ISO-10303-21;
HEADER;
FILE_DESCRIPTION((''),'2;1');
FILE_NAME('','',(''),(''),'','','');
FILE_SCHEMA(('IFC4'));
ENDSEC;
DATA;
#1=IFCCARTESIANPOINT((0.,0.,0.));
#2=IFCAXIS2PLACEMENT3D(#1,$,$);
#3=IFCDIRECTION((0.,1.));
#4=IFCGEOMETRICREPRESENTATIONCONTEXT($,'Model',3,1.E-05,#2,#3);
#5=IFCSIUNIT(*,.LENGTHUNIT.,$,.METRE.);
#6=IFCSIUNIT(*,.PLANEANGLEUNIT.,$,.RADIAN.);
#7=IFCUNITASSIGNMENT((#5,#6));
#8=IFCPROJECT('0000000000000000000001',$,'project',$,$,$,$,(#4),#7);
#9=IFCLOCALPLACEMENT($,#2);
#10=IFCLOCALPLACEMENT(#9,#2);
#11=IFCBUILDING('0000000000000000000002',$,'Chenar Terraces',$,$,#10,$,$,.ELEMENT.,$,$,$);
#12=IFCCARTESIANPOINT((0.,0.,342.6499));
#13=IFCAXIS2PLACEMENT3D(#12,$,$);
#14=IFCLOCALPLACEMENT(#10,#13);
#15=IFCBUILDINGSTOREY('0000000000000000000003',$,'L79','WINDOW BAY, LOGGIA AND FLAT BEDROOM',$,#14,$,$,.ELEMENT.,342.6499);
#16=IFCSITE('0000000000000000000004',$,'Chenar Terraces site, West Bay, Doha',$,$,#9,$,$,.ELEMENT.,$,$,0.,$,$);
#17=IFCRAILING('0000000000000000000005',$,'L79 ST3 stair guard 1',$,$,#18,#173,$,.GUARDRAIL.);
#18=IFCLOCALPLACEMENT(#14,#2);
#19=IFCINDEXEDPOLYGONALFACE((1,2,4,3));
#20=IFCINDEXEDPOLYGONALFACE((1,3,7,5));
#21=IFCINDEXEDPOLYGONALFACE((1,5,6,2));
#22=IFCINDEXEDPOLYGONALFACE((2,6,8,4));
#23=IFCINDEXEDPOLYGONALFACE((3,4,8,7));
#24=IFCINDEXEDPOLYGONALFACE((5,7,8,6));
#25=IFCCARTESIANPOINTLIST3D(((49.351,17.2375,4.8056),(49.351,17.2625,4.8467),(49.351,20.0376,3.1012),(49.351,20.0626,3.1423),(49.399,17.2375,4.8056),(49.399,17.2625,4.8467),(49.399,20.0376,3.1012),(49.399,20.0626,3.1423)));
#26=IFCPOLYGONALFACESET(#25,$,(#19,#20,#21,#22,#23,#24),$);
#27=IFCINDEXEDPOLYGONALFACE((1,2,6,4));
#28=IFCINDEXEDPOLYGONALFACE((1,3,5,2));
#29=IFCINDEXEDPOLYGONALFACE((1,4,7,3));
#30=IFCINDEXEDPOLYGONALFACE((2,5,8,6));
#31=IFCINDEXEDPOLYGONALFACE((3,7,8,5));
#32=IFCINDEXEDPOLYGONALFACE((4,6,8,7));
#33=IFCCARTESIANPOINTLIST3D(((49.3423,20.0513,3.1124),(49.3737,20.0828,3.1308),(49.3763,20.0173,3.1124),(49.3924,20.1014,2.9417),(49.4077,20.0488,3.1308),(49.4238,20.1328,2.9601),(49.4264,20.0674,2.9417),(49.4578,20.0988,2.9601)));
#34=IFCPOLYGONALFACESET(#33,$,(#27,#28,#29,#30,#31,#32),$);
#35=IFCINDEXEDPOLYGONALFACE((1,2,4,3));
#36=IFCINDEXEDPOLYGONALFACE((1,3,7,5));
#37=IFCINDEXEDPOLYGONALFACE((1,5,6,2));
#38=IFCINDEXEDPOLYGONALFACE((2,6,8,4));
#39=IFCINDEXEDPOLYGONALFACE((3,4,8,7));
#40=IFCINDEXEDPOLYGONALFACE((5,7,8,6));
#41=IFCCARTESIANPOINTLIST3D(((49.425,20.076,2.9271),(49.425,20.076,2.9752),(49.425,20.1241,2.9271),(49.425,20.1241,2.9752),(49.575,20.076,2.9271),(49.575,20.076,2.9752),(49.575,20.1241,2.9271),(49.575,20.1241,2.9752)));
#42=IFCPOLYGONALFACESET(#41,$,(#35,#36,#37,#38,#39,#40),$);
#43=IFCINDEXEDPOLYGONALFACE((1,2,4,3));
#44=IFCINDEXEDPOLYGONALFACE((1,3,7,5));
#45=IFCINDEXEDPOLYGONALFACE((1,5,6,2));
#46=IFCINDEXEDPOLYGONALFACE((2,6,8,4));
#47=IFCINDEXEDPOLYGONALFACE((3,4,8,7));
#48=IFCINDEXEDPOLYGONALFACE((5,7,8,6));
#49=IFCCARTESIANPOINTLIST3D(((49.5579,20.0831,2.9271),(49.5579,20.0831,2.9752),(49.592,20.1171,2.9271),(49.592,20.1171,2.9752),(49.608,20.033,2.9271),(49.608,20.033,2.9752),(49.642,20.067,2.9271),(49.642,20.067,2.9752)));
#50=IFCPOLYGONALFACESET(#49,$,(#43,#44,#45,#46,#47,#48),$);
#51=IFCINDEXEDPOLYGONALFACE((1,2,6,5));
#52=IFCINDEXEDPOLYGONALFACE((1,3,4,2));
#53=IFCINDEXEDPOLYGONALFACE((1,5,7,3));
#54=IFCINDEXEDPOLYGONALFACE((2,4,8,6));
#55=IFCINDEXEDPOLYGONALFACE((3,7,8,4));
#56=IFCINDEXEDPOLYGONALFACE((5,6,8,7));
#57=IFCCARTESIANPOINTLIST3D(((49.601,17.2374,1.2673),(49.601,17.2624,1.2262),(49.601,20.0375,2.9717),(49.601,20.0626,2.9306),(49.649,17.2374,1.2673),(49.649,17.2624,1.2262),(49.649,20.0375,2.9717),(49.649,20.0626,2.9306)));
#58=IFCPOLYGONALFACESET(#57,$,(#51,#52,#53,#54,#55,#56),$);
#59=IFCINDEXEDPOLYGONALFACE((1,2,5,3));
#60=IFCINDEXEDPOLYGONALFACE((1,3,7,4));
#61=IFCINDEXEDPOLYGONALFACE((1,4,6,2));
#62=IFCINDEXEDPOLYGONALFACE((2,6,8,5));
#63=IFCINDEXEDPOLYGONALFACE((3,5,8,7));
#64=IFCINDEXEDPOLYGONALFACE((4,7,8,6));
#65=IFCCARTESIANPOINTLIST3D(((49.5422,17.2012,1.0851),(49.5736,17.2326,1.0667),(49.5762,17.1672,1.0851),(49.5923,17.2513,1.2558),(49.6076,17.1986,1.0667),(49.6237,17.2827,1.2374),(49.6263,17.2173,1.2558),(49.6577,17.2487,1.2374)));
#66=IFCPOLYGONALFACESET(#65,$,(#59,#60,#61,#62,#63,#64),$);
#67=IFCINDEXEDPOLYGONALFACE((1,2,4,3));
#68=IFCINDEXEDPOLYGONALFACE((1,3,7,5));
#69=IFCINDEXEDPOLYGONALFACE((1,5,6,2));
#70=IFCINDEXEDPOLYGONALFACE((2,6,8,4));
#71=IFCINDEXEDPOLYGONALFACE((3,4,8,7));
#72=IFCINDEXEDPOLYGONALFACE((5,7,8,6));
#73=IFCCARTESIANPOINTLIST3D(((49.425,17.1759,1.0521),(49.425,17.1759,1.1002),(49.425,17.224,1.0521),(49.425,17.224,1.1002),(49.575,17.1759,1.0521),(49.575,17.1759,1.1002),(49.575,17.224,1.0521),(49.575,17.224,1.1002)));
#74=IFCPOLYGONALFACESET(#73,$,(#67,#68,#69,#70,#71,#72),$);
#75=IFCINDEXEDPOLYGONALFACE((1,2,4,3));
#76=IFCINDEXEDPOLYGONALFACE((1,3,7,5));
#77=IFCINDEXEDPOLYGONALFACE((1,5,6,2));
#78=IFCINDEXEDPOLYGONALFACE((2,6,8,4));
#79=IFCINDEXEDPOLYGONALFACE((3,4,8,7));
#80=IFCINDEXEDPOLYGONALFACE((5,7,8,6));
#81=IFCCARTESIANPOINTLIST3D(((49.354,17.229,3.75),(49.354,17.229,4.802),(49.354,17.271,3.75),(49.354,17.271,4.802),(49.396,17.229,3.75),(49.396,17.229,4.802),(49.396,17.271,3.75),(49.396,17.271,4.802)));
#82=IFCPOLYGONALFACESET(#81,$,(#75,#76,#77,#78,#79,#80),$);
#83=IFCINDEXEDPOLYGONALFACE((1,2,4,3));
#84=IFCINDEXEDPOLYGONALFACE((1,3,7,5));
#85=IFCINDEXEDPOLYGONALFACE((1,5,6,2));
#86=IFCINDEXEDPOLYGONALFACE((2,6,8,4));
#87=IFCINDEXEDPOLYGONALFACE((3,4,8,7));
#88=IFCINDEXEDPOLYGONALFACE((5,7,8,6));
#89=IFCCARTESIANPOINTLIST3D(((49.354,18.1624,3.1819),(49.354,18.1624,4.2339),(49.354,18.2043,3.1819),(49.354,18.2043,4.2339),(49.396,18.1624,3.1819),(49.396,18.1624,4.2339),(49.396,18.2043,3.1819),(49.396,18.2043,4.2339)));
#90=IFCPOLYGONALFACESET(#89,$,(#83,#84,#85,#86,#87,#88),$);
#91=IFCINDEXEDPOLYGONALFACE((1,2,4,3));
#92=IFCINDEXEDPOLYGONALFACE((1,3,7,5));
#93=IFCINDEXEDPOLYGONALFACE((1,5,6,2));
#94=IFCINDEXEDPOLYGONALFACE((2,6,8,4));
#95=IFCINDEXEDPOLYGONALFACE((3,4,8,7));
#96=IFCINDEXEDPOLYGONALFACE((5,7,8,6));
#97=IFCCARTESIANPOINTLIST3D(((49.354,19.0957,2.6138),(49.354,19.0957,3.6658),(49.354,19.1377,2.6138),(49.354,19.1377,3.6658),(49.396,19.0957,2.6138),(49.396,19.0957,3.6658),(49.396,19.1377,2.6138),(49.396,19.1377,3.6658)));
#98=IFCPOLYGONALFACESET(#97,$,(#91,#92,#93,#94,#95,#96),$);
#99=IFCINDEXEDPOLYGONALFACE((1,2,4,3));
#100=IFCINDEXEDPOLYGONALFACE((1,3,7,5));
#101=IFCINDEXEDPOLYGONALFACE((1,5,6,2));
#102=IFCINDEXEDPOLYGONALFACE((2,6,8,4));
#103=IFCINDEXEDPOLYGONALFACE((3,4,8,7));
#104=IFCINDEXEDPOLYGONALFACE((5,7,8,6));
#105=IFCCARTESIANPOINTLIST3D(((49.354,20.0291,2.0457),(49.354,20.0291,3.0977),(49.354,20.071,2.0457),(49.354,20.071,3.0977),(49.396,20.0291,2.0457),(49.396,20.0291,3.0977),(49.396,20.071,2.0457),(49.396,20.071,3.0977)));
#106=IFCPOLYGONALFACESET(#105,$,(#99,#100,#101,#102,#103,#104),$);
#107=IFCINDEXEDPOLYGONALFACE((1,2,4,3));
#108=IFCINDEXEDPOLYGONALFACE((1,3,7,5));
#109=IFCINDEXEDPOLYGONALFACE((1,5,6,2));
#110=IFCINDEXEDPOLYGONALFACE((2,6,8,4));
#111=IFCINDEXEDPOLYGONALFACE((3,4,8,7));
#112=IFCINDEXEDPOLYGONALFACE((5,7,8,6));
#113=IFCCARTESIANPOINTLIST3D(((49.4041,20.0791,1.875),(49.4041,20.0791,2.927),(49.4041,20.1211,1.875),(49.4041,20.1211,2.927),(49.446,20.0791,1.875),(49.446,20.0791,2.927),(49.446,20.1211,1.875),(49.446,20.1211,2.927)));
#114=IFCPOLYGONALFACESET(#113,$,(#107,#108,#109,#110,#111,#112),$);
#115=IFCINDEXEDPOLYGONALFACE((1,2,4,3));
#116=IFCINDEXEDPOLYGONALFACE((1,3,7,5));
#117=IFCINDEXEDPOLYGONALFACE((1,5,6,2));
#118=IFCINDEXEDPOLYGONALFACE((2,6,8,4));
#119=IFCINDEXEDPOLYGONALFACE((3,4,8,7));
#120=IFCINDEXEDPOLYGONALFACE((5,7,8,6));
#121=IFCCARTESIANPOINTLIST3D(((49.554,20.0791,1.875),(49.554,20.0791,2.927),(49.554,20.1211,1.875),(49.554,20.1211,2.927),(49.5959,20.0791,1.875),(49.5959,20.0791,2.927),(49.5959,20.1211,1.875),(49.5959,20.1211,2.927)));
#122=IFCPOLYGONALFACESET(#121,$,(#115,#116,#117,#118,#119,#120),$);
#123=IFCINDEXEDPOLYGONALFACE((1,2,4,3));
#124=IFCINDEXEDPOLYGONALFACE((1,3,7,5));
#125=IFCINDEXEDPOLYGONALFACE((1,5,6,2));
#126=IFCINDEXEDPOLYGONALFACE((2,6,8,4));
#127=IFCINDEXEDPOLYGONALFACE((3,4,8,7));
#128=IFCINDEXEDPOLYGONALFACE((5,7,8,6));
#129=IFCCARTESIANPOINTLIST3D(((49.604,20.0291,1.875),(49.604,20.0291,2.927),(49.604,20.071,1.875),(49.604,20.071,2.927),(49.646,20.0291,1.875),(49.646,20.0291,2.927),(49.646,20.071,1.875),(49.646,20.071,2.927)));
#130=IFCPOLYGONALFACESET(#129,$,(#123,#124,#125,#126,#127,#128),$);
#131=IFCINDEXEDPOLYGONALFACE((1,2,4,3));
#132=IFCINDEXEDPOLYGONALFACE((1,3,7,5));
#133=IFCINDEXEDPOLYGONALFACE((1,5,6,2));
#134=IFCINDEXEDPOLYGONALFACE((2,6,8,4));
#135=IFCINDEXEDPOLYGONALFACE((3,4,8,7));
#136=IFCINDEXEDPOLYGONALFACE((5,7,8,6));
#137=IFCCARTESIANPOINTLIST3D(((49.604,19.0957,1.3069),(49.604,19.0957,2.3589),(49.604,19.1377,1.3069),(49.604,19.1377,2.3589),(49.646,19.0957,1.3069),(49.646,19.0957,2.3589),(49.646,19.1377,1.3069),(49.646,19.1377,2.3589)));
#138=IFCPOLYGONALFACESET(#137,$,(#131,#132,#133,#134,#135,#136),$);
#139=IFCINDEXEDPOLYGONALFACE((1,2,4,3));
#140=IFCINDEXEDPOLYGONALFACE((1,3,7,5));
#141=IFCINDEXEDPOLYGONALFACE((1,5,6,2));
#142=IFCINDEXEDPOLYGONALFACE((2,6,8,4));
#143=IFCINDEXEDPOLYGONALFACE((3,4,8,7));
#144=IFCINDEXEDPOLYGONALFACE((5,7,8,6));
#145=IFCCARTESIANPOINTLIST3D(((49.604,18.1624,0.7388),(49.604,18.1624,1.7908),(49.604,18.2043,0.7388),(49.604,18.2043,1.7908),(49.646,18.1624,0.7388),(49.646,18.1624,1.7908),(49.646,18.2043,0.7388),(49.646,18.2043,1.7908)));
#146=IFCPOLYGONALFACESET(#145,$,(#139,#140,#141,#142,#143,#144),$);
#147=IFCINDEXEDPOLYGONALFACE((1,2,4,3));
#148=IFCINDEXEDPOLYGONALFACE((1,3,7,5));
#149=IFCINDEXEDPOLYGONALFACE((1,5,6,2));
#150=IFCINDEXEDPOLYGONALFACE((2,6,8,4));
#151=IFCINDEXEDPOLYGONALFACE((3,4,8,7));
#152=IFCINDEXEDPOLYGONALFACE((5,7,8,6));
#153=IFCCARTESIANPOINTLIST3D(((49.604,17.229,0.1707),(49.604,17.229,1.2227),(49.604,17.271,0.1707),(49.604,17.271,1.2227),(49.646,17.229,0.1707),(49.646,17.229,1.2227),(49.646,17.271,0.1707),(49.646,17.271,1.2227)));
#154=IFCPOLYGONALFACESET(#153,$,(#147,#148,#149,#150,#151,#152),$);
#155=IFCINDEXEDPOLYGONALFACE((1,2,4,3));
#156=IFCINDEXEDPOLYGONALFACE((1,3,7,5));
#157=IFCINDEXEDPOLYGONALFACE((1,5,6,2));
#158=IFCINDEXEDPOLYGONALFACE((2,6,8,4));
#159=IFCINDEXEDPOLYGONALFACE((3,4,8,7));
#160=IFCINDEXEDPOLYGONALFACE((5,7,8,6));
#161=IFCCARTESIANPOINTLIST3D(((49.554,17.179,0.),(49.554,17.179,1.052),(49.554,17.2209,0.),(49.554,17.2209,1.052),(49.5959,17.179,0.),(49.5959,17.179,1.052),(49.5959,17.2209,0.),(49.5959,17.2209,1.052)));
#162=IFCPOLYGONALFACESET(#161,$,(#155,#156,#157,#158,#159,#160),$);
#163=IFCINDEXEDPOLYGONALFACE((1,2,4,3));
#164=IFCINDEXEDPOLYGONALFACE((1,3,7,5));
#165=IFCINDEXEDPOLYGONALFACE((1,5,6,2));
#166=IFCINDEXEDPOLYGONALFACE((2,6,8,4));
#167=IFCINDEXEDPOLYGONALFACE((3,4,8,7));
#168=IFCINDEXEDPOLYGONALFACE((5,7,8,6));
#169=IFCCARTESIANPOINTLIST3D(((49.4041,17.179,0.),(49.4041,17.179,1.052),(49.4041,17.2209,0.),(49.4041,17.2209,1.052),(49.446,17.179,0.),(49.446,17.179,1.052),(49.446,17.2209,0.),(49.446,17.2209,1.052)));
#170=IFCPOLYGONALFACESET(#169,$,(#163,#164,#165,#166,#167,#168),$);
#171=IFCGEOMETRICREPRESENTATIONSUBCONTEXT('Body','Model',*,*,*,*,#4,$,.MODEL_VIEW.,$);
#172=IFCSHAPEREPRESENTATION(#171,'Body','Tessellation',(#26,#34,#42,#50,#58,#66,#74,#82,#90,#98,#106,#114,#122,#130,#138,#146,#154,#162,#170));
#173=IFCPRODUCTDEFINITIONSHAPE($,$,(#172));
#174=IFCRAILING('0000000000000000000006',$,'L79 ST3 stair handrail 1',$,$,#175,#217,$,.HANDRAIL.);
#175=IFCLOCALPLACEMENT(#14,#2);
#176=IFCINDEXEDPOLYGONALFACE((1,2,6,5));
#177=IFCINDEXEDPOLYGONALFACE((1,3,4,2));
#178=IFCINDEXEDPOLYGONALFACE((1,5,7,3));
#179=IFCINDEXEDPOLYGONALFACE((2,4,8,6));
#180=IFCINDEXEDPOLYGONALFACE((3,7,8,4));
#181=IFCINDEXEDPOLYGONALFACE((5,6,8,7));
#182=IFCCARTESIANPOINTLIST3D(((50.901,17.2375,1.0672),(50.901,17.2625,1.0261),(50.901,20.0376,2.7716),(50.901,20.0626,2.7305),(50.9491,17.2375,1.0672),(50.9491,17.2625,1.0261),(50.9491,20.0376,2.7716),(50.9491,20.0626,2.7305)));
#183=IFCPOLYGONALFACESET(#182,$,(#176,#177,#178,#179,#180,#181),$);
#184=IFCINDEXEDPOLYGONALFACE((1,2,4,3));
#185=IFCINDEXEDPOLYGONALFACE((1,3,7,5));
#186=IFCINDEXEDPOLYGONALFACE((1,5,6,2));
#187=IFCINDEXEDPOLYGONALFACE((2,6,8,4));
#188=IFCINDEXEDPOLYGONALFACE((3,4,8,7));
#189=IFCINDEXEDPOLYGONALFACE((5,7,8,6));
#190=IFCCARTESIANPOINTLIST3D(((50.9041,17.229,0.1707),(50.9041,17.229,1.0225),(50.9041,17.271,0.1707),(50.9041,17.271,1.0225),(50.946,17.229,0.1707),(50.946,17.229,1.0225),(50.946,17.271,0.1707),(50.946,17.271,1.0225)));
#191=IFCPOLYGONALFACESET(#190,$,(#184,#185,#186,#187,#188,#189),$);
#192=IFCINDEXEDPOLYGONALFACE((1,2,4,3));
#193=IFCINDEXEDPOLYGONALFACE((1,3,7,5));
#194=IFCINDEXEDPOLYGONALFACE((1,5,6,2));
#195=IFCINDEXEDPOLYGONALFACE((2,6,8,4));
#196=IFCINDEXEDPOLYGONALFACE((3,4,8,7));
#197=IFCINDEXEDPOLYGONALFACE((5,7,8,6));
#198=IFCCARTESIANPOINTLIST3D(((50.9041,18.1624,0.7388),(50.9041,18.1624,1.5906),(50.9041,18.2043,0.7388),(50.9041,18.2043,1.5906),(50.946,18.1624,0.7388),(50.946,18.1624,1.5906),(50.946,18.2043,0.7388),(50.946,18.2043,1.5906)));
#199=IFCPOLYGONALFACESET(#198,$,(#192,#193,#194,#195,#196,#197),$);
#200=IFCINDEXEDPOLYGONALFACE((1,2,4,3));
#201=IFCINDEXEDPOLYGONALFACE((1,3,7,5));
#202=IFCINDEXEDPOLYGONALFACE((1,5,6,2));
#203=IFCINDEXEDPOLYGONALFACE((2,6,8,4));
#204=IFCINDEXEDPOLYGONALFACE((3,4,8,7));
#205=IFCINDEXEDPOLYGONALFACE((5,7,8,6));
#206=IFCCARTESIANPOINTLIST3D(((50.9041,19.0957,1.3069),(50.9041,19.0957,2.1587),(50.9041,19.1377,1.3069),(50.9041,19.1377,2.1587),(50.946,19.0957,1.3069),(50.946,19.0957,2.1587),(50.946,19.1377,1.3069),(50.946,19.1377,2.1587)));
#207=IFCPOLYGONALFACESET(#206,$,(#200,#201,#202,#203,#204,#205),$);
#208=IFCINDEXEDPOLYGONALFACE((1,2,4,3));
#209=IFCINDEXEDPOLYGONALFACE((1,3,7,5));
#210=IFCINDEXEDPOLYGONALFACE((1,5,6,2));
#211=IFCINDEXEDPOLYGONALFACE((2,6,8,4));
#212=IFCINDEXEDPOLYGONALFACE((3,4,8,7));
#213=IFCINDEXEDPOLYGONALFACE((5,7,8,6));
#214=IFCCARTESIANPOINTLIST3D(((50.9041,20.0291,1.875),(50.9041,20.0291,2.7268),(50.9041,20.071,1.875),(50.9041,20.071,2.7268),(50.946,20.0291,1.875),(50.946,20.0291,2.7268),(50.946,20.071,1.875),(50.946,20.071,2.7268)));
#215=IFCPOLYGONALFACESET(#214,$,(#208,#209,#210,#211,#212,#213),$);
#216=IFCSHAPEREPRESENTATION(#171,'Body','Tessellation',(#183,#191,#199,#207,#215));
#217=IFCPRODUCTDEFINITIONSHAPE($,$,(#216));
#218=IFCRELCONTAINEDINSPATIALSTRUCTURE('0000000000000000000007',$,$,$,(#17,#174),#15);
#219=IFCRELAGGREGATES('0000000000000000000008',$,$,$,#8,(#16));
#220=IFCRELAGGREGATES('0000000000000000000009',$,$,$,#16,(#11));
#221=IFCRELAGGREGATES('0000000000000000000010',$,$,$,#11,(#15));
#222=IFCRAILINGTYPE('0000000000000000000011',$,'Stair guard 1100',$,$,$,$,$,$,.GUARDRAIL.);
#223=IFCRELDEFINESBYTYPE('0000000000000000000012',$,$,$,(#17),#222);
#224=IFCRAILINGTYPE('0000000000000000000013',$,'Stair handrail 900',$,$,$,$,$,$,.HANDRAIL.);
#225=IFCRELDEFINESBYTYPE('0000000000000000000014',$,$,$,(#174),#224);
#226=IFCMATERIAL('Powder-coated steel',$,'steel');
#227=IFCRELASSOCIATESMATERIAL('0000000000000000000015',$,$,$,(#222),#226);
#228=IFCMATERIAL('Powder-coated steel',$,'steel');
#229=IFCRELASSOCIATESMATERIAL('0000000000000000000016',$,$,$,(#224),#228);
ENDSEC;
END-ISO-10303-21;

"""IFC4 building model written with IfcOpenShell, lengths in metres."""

from ifc_helpers import new_model, si_unit, direction, frame, origin, origin_2d, place, context, subcontext, project, spatial, rectangle, extrude, material, type_object, element, save


model = new_model("IFC4")

# Units and contexts
model_context = context("Model", 3, precision=1e-05, world=origin(), true_north=direction((0.0, 1.0)))
body_context = subcontext(model_context, "Body", "Model", "MODEL_VIEW")
ifc_project = project(units=[si_unit("LENGTHUNIT", "METRE"), si_unit("PLANEANGLEUNIT", "RADIAN")], contexts=[model_context])

# Site, building, storey
site_placement = place(None, origin())
site = spatial("IfcSite", under=ifc_project, at=site_placement, Name="Chenar Terraces site, West Bay, Doha", CompositionType="ELEMENT", RefElevation=0.0)
building_placement = place(site_placement, origin())
building = spatial("IfcBuilding", under=site, at=building_placement, Name="Chenar Terraces", CompositionType="ELEMENT")
storey_placement = place(building_placement, frame((0.0, 0.0, 342.6499)))
storey = spatial("IfcBuildingStorey", under=building, at=storey_placement, Name="L79", Description="WINDOW BAY, LOGGIA AND FLAT BEDROOM", CompositionType="ELEMENT", Elevation=342.6499)

# Railings
ifc_material_1 = material(Name="Powder-coated steel", Category="steel")
railing_type_1 = type_object("IfcRailingType", Name="Stair guard 1100", PredefinedType="GUARDRAIL", material=ifc_material_1)
railing_1_placement = place(storey_placement, frame((49.375, 17.25, 3.75)))
element("IfcRailing", 1, at=railing_1_placement, inside=storey, type_object=railing_type_1, Name="L79 ST3 stair guard 1", PredefinedType="GUARDRAIL", context=body_context, shape_type="SweptSolid", body=[
    extrude(rectangle(XDim=0.0481, YDim=0.0481, at=origin_2d()), frame((0.0, 0.0, 1.0762), z_axis=(0.0, 0.854203, -0.51994), x_axis=(-1.0, 0.0, 0.0)), (0.0, 0.0, 1.0), 3.2781),
    extrude(rectangle(XDim=0.0481, YDim=0.0481, at=origin_2d()), frame((0.0, 2.8, -0.6284), z_axis=(0.2709, 0.2709, -0.923703), x_axis=(-0.707107, 0.707107, 0.0)), (0.0, 0.0, 1.0), 0.1848),
    extrude(rectangle(XDim=0.0481, YDim=0.0481, at=origin_2d()), frame((0.05, 2.8501, -0.7988), z_axis=(1.0, 0.0, 0.0), x_axis=(0.0, 1.0, 0.0)), (0.0, 0.0, 1.0), 0.1499),
    extrude(rectangle(XDim=0.0481, YDim=0.0481, at=origin_2d()), frame((0.2, 2.8501, -0.7988), z_axis=(0.707107, -0.707107, 0.0), x_axis=(0.707107, 0.707107, 0.0)), (0.0, 0.0, 1.0), 0.0708),
    extrude(rectangle(XDim=0.0481, YDim=0.0481, at=origin_2d()), frame((0.25, 2.8, -0.7988), z_axis=(0.0, -0.854203, -0.51994), x_axis=(1.0, 0.0, 0.0)), (0.0, 0.0, 1.0), 3.2781),
    extrude(rectangle(XDim=0.0481, YDim=0.0481, at=origin_2d()), frame((0.25, 0.0, -2.5034), z_axis=(-0.2709, -0.2709, -0.923703), x_axis=(0.707107, -0.707107, 0.0)), (0.0, 0.0, 1.0), 0.1848),
    extrude(rectangle(XDim=0.0481, YDim=0.0481, at=origin_2d()), frame((0.2, -0.05, -2.6738), z_axis=(-1.0, 0.0, 0.0), x_axis=(0.0, -1.0, 0.0)), (0.0, 0.0, 1.0), 0.1499),
    extrude(rectangle(XDim=0.042, YDim=0.042, at=origin_2d()), origin(), (0.0, 0.0, 1.0), 1.052),
    extrude(rectangle(XDim=0.042, YDim=0.042, at=origin_2d()), frame((0.0, 0.9333, -0.5681)), (0.0, 0.0, 1.0), 1.052),
    extrude(rectangle(XDim=0.042, YDim=0.042, at=origin_2d()), frame((0.0, 1.8667, -1.1362)), (0.0, 0.0, 1.0), 1.052),
    extrude(rectangle(XDim=0.042, YDim=0.042, at=origin_2d()), frame((0.0, 2.8, -1.7043)), (0.0, 0.0, 1.0), 1.052),
    extrude(rectangle(XDim=0.042, YDim=0.042, at=origin_2d()), frame((0.05, 2.8501, -1.875)), (0.0, 0.0, 1.0), 1.052),
    extrude(rectangle(XDim=0.042, YDim=0.042, at=origin_2d()), frame((0.2, 2.8501, -1.875)), (0.0, 0.0, 1.0), 1.052),
    extrude(rectangle(XDim=0.042, YDim=0.042, at=origin_2d()), frame((0.25, 2.8, -1.875)), (0.0, 0.0, 1.0), 1.052),
    extrude(rectangle(XDim=0.042, YDim=0.042, at=origin_2d()), frame((0.25, 1.8667, -2.4431)), (0.0, 0.0, 1.0), 1.052),
    extrude(rectangle(XDim=0.042, YDim=0.042, at=origin_2d()), frame((0.25, 0.9333, -3.0112)), (0.0, 0.0, 1.0), 1.052),
    extrude(rectangle(XDim=0.042, YDim=0.042, at=origin_2d()), frame((0.25, 0.0, -3.5793)), (0.0, 0.0, 1.0), 1.052),
    extrude(rectangle(XDim=0.042, YDim=0.042, at=origin_2d()), frame((0.2, -0.05, -3.75)), (0.0, 0.0, 1.0), 1.052),
    extrude(rectangle(XDim=0.042, YDim=0.042, at=origin_2d()), frame((0.05, -0.05, -3.75)), (0.0, 0.0, 1.0), 1.052),
])
ifc_material_2 = material(Name="Powder-coated steel", Category="steel")
railing_type_2 = type_object("IfcRailingType", Name="Stair handrail 900", PredefinedType="HANDRAIL", material=ifc_material_2)
railing_2_placement = place(storey_placement, frame((50.925, 17.25, 0.1707)))
element("IfcRailing", 2, at=railing_2_placement, inside=storey, type_object=railing_type_2, Name="L79 ST3 stair handrail 1", PredefinedType="HANDRAIL", context=body_context, shape_type="SweptSolid", body=[
    extrude(rectangle(XDim=0.0481, YDim=0.0481, at=origin_2d()), frame((0.0, 0.0, 0.876), z_axis=(0.0, 0.854203, 0.51994), x_axis=(-1.0, 0.0, 0.0)), (0.0, 0.0, 1.0), 3.2781),
    extrude(rectangle(XDim=0.042, YDim=0.042, at=origin_2d()), origin(), (0.0, 0.0, 1.0), 0.8518),
    extrude(rectangle(XDim=0.042, YDim=0.042, at=origin_2d()), frame((0.0, 0.9333, 0.5681)), (0.0, 0.0, 1.0), 0.8518),
    extrude(rectangle(XDim=0.042, YDim=0.042, at=origin_2d()), frame((0.0, 1.8667, 1.1362)), (0.0, 0.0, 1.0), 0.8518),
    extrude(rectangle(XDim=0.042, YDim=0.042, at=origin_2d()), frame((0.0, 2.8, 1.7043)), (0.0, 0.0, 1.0), 0.8518),
])

save(model, "model.ifc")
